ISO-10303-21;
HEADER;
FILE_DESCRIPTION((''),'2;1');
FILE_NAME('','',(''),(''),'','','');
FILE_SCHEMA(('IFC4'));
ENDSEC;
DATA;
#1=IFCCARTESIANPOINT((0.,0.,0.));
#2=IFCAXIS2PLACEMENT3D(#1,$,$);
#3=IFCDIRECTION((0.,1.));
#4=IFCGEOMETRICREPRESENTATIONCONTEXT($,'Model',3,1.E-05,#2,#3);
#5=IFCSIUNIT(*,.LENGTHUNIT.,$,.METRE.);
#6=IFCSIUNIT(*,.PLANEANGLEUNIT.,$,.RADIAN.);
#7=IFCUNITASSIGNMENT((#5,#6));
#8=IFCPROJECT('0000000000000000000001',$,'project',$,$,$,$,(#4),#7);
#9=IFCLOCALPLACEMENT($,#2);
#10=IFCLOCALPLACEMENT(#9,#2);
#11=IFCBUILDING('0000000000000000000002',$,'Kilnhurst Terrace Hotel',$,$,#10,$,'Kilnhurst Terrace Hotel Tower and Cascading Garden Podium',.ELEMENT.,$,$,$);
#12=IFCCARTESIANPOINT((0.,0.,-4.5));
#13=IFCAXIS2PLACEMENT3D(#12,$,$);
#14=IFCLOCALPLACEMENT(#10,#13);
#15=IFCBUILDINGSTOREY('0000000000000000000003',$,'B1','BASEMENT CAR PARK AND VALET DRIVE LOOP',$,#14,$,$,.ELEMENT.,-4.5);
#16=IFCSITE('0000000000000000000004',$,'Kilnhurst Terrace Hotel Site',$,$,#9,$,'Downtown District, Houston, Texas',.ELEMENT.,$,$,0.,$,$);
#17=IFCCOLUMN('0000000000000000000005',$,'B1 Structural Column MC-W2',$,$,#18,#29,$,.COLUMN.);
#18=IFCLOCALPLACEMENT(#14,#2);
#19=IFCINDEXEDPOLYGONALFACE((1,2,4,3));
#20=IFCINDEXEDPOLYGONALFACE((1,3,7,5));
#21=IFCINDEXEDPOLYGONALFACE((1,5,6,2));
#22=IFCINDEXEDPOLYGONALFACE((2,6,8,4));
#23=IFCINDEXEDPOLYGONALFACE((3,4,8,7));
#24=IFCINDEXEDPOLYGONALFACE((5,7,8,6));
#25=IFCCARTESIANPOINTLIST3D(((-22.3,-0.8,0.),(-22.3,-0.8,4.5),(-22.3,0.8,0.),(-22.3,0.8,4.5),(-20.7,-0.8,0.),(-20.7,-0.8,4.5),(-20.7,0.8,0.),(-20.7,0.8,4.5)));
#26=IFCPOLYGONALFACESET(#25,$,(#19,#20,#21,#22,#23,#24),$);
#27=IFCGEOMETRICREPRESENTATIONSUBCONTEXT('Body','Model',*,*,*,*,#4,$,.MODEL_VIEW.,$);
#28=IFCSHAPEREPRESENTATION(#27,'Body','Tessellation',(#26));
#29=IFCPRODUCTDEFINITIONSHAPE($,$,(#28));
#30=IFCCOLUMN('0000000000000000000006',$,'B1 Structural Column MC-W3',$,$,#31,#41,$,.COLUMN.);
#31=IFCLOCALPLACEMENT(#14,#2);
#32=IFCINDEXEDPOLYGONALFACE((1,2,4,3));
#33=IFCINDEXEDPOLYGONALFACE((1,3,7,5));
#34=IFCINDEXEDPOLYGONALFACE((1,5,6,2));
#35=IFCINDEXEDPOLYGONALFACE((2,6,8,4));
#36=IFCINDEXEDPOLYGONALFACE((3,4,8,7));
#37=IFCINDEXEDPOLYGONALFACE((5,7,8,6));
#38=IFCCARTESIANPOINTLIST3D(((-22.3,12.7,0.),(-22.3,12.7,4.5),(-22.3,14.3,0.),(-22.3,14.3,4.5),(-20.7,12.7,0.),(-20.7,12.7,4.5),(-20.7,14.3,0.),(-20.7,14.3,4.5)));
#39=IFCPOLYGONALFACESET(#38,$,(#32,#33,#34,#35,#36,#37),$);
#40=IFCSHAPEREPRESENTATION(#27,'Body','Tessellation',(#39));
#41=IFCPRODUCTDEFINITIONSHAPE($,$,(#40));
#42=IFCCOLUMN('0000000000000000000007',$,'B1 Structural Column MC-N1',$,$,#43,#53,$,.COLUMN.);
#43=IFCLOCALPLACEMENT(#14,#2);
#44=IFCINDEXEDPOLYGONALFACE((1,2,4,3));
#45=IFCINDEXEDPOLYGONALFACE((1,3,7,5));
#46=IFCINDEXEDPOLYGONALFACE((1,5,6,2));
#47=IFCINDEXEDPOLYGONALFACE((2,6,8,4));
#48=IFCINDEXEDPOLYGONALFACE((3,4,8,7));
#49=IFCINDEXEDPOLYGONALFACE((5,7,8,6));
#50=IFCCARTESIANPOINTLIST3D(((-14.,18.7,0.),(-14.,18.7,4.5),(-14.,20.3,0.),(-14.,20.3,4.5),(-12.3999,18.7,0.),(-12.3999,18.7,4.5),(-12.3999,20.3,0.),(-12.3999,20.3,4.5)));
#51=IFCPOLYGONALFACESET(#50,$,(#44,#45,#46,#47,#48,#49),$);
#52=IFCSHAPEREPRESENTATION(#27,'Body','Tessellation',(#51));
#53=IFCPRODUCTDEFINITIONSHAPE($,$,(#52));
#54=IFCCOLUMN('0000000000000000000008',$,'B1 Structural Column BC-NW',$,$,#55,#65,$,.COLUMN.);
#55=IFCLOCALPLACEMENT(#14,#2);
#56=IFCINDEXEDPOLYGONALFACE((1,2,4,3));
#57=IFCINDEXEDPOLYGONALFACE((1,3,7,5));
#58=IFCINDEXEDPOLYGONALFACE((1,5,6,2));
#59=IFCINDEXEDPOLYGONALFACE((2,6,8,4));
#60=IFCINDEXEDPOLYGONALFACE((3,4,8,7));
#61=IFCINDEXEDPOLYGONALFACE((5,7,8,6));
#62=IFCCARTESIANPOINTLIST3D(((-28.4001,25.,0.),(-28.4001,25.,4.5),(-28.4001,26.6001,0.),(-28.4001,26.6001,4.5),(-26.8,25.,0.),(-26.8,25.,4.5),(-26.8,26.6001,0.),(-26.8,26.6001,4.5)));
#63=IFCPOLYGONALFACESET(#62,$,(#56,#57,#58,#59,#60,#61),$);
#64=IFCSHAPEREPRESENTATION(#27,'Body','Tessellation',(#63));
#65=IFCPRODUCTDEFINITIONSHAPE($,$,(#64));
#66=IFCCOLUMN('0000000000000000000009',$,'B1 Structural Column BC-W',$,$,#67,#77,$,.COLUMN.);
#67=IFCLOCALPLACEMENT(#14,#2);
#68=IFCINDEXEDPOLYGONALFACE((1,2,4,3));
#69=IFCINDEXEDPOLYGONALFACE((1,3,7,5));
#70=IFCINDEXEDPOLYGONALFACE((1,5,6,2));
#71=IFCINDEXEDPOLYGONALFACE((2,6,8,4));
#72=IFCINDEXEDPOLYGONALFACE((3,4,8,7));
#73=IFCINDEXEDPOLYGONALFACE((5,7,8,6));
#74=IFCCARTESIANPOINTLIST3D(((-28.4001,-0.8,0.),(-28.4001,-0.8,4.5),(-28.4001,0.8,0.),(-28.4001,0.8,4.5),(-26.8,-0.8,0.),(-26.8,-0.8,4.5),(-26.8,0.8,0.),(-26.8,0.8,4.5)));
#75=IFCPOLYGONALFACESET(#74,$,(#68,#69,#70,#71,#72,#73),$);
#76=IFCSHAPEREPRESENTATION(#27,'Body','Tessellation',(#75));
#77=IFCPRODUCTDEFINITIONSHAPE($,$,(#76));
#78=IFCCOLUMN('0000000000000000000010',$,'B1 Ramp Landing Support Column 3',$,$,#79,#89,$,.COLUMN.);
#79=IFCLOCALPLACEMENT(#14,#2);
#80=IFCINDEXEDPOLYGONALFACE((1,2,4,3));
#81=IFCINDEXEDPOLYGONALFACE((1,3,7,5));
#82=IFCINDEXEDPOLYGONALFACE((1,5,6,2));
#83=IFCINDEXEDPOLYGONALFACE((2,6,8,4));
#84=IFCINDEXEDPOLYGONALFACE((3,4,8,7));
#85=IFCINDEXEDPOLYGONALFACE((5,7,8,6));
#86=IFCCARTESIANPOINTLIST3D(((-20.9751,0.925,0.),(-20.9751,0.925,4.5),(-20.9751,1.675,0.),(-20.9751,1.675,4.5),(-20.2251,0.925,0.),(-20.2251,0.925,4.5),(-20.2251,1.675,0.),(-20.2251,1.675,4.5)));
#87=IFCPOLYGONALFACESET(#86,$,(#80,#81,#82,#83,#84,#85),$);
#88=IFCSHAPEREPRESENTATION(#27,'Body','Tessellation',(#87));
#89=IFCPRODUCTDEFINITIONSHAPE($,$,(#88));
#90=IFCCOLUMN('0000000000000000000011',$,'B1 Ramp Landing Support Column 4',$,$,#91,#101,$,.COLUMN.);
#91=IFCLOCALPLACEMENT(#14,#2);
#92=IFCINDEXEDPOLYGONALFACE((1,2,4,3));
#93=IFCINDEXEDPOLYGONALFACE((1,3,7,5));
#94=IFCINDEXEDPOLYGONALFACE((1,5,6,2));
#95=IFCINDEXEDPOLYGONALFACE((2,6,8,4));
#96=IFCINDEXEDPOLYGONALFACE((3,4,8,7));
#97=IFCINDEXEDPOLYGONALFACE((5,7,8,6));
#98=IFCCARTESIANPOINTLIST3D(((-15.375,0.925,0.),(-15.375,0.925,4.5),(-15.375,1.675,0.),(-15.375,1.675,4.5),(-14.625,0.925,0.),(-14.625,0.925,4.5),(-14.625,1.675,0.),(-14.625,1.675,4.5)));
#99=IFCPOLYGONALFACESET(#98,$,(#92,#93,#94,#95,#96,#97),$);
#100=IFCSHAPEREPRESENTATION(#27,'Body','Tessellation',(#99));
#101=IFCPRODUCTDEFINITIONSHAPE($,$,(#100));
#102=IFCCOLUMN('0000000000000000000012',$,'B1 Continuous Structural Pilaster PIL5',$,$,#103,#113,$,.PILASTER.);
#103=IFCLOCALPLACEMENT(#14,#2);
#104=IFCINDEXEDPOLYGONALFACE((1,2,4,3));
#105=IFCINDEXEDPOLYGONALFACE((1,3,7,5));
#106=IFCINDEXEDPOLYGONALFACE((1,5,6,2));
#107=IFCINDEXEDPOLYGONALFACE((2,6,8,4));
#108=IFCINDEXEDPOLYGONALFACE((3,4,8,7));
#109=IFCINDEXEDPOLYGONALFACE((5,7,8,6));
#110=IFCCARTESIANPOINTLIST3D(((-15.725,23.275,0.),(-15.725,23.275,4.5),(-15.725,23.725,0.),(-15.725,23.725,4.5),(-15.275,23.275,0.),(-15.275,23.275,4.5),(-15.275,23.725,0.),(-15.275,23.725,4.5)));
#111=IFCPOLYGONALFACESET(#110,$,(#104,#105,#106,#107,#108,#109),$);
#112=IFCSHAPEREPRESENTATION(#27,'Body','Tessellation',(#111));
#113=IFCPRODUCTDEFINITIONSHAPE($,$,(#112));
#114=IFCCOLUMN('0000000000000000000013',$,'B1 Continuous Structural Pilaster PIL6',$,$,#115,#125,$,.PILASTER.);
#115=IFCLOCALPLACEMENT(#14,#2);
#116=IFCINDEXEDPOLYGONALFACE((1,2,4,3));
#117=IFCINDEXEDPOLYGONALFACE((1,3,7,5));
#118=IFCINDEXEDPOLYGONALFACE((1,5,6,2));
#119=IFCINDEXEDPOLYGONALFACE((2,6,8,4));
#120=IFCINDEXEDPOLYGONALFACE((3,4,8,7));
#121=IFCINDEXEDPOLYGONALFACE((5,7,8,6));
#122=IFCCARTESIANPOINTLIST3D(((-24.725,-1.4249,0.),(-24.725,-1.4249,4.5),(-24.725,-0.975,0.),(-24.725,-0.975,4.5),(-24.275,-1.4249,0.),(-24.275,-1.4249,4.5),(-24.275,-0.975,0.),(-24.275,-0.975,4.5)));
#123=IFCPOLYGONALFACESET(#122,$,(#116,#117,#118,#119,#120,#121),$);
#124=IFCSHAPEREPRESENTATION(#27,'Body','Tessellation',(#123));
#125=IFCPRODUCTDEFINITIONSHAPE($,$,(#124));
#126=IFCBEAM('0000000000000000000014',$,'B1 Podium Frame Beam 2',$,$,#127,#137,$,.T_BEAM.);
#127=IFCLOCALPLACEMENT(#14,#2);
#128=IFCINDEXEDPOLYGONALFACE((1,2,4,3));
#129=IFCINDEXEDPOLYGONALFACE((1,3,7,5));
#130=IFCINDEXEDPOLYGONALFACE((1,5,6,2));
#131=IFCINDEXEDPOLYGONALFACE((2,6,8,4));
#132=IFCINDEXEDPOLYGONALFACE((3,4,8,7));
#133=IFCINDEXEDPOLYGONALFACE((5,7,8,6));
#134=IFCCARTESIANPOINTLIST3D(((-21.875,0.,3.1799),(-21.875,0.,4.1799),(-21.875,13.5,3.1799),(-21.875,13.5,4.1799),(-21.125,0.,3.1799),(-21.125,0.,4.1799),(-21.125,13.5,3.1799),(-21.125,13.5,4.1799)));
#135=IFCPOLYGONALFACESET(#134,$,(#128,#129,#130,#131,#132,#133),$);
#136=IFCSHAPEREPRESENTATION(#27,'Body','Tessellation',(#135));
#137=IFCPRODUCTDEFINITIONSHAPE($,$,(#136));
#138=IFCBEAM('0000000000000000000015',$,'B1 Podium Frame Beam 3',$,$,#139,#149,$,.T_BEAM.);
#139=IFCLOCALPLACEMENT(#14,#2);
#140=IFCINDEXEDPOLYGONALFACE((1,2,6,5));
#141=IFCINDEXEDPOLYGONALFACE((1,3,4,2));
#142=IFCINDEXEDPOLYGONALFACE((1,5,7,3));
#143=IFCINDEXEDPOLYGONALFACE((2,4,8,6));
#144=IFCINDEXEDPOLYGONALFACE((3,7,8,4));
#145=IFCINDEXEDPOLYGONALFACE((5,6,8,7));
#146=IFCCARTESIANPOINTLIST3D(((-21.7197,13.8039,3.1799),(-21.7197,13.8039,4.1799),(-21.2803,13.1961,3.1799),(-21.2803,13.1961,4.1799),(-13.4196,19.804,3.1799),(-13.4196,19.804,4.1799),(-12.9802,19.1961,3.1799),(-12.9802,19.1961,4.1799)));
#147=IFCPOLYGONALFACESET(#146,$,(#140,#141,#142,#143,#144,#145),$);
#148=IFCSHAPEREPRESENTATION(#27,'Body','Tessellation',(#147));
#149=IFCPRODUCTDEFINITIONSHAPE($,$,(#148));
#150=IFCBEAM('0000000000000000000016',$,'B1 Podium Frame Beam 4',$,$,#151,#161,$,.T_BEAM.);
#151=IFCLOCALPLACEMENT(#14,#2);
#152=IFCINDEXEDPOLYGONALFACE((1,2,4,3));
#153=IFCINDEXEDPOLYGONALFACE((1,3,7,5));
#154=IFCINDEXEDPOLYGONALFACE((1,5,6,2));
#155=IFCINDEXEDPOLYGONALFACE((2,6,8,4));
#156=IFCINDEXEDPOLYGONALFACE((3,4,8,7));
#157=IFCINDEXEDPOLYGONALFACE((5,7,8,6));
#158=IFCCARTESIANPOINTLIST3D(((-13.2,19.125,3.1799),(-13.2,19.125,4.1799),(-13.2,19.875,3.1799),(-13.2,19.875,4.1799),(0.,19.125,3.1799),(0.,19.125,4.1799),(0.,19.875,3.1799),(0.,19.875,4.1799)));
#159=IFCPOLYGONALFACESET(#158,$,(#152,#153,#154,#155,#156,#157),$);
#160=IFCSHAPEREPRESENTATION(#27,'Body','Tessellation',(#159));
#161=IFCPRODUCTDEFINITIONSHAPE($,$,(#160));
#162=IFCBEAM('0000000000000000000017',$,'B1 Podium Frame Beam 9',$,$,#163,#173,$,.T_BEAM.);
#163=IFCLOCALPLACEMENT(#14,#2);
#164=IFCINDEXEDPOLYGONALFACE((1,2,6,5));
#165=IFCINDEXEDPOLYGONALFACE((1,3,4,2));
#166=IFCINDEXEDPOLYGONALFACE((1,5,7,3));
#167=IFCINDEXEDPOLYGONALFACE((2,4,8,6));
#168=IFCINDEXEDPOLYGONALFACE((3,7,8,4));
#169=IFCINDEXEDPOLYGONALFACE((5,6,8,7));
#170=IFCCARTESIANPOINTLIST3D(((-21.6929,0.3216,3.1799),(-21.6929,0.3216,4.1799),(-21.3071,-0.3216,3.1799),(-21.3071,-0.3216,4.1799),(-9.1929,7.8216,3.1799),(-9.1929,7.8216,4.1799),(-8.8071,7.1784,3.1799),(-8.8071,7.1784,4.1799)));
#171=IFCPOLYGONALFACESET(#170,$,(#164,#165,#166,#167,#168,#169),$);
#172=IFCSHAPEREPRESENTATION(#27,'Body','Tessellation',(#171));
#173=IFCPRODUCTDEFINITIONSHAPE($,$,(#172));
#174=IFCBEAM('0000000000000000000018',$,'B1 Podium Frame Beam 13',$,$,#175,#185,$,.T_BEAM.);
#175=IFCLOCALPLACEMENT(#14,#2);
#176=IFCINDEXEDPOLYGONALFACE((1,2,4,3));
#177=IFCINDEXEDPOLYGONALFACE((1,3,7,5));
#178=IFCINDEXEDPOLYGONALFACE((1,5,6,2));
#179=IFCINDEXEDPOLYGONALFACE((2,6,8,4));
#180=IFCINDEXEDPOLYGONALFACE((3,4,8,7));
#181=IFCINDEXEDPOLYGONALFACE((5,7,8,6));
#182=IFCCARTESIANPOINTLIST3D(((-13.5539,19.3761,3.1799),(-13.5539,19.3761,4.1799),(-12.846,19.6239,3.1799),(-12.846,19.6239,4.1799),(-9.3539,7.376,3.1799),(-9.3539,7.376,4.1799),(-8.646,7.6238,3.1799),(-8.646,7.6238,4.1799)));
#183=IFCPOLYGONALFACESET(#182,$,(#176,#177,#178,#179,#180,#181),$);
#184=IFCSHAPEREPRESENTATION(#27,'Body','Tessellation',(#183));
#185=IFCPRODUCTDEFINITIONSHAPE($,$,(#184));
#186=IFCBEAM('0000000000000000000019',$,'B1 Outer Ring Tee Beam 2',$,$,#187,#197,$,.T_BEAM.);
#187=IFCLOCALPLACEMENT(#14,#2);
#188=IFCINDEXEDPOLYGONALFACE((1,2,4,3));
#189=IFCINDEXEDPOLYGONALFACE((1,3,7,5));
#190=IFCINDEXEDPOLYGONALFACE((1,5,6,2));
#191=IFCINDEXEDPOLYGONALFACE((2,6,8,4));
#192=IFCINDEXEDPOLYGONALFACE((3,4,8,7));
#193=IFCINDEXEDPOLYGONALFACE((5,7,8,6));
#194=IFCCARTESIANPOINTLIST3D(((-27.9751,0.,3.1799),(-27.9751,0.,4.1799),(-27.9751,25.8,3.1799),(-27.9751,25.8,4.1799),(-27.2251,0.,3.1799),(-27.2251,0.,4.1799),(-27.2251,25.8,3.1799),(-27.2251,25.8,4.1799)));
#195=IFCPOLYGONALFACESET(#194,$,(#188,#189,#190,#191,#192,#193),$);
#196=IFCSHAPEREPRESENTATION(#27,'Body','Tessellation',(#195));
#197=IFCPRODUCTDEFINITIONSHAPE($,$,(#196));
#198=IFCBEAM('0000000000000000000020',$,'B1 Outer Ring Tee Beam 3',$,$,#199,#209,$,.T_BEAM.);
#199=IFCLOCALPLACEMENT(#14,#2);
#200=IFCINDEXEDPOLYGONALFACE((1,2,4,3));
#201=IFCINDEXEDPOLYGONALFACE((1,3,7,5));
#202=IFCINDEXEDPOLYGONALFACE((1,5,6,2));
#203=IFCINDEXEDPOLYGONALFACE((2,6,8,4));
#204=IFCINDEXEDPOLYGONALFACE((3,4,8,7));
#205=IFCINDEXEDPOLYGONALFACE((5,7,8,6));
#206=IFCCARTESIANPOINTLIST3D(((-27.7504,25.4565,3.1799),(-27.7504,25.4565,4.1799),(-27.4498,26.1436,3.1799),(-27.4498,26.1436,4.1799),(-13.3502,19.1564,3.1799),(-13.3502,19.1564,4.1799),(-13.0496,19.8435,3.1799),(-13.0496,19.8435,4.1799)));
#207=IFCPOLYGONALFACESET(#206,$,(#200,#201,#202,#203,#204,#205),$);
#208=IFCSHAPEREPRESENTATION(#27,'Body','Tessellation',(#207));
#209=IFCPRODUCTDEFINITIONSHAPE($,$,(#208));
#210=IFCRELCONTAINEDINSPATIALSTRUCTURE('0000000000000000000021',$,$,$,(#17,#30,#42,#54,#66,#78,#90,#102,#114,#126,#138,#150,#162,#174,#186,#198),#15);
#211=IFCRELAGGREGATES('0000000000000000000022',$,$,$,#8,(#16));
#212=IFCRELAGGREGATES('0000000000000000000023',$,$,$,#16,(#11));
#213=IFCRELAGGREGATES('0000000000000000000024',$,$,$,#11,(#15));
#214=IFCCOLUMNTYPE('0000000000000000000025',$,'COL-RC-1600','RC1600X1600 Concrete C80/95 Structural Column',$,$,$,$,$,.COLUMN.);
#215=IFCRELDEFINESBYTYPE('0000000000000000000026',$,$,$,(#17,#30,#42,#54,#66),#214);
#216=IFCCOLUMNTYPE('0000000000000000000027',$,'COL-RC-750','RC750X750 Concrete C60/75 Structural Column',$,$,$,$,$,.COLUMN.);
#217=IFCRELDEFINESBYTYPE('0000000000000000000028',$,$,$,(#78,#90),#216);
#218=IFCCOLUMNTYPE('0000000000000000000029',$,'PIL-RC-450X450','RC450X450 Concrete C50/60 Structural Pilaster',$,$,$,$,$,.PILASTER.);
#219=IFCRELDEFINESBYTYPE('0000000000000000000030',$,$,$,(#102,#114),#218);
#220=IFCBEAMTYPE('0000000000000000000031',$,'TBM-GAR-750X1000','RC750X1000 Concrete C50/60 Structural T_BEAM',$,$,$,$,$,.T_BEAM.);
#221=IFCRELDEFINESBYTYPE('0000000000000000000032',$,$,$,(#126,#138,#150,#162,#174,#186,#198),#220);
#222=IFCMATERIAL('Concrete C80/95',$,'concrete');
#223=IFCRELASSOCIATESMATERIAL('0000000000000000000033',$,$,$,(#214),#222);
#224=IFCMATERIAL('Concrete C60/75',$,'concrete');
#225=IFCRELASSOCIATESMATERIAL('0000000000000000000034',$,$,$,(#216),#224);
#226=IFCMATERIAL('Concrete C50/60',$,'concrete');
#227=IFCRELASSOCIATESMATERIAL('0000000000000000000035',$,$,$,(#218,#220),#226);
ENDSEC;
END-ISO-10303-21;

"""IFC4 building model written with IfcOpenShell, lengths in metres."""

from ifc_helpers import new_model, si_unit, direction, frame, origin, origin_2d, place, context, subcontext, project, spatial, rectangle, extrude, material, material_profile, profile_set, type_object, element, save


model = new_model("IFC4")

# Units and contexts
model_context = context("Model", 3, precision=1e-05, world=origin(), true_north=direction((0.0, 1.0)))
body_context = subcontext(model_context, "Body", "Model", "MODEL_VIEW")
ifc_project = project(units=[si_unit("LENGTHUNIT", "METRE"), si_unit("PLANEANGLEUNIT", "RADIAN")], contexts=[model_context])

# Site, building, storey
site_placement = place(None, origin())
site = spatial("IfcSite", under=ifc_project, at=site_placement, Name="Kilnhurst Terrace Hotel Site", LongName="Downtown District, Houston, Texas", CompositionType="ELEMENT", RefElevation=0.0)
building_placement = place(site_placement, origin())
building = spatial("IfcBuilding", under=site, at=building_placement, Name="Kilnhurst Terrace Hotel", LongName="Kilnhurst Terrace Hotel Tower and Cascading Garden Podium", CompositionType="ELEMENT")
storey_placement = place(building_placement, frame((0.0, 0.0, -4.5)))
storey = spatial("IfcBuildingStorey", under=building, at=storey_placement, Name="B1", Description="BASEMENT CAR PARK AND VALET DRIVE LOOP", CompositionType="ELEMENT", Elevation=-4.5)

# Columns
ifc_material_1 = material(Name="Concrete C80/95", Category="concrete")
ifc_material_profile_1 = material_profile(ifc_material_1, rectangle(XDim=1.6001, YDim=1.6001, at=origin_2d()), Name="RC1600X1600")
ifc_profile_set_1 = profile_set([ifc_material_profile_1], Name="Concrete C80/95")
column_type_1 = type_object("IfcColumnType", Name="COL-RC-1600", Description="RC1600X1600 Concrete C80/95 Structural Column", PredefinedType="COLUMN", material=ifc_profile_set_1)
for number, where, z_axis, x_axis, name in (
    (1, (-21.5, 0.0, 0.0), (0.0, 0.0, 1.0), (1.0, 0.0, 0.0), "B1 Structural Column MC-W2"),
    (2, (-21.5, 13.5, 0.0), (0.0, 0.0, 1.0), (1.0, 0.0, 0.0), "B1 Structural Column MC-W3"),
    (3, (-13.2, 19.5, 0.0), (0.0, 0.0, 1.0), (1.0, 0.0, 0.0), "B1 Structural Column MC-N1"),
    (4, (-27.6001, 25.8, 0.0), (0.0, 0.0, 1.0), (1.0, 0.0, 0.0), "B1 Structural Column BC-NW"),
    (5, (-27.6001, 0.0, 0.0), (0.0, 0.0, 1.0), (1.0, 0.0, 0.0), "B1 Structural Column BC-W"),
):
    element("IfcColumn", number, at=place(storey_placement, frame(where, z_axis=z_axis, x_axis=x_axis)), inside=storey, type_object=column_type_1, Name=name, PredefinedType="COLUMN", context=body_context, shape_type="SweptSolid", body=[
        extrude(rectangle(XDim=1.6001, YDim=1.6001, at=origin_2d()), origin(), (0.0, 0.0, 1.0), 4.5),
    ])
ifc_material_2 = material(Name="Concrete C60/75", Category="concrete")
ifc_material_profile_2 = material_profile(ifc_material_2, rectangle(XDim=0.75, YDim=0.75, at=origin_2d()), Name="RC750X750")
ifc_profile_set_2 = profile_set([ifc_material_profile_2], Name="Concrete C60/75")
column_type_2 = type_object("IfcColumnType", Name="COL-RC-750", Description="RC750X750 Concrete C60/75 Structural Column", PredefinedType="COLUMN", material=ifc_profile_set_2)
for number, where, z_axis, x_axis, name in (
    (6, (-20.6001, 1.3, 0.0), (0.0, 0.0, 1.0), (1.0, 0.0, 0.0), "B1 Ramp Landing Support Column 3"),
    (7, (-15.0, 1.3, 0.0), (0.0, 0.0, 1.0), (1.0, 0.0, 0.0), "B1 Ramp Landing Support Column 4"),
):
    element("IfcColumn", number, at=place(storey_placement, frame(where, z_axis=z_axis, x_axis=x_axis)), inside=storey, type_object=column_type_2, Name=name, PredefinedType="COLUMN", context=body_context, shape_type="SweptSolid", body=[
        extrude(rectangle(XDim=0.75, YDim=0.75, at=origin_2d()), origin(), (0.0, 0.0, 1.0), 4.5),
    ])
ifc_material_3 = material(Name="Concrete C50/60", Category="concrete")
ifc_material_profile_3 = material_profile(ifc_material_3, rectangle(XDim=0.45, YDim=0.45, at=origin_2d()), Name="RC450X450")
ifc_profile_set_3 = profile_set([ifc_material_profile_3], Name="Concrete C50/60")
column_type_3 = type_object("IfcColumnType", Name="PIL-RC-450X450", Description="RC450X450 Concrete C50/60 Structural Pilaster", PredefinedType="PILASTER", material=ifc_profile_set_3)
for number, where, z_axis, x_axis, name in (
    (8, (-15.5, 23.5, 0.0), (0.0, 0.0, 1.0), (1.0, 0.0, 0.0), "B1 Continuous Structural Pilaster PIL5"),
    (9, (-24.5, -1.2, 0.0), (0.0, 0.0, 1.0), (1.0, 0.0, 0.0), "B1 Continuous Structural Pilaster PIL6"),
):
    element("IfcColumn", number, at=place(storey_placement, frame(where, z_axis=z_axis, x_axis=x_axis)), inside=storey, type_object=column_type_3, Name=name, PredefinedType="PILASTER", context=body_context, shape_type="SweptSolid", body=[
        extrude(rectangle(XDim=0.45, YDim=0.45, at=origin_2d()), origin(), (0.0, 0.0, 1.0), 4.5),
    ])

# Beams
ifc_material_profile_4 = material_profile(ifc_material_3, rectangle(XDim=0.75, YDim=1.0, at=origin_2d()), Name="RC750X1000")
ifc_profile_set_4 = profile_set([ifc_material_profile_4], Name="Concrete C50/60")
beam_type = type_object("IfcBeamType", Name="TBM-GAR-750X1000", Description="RC750X1000 Concrete C50/60 Structural T_BEAM", PredefinedType="T_BEAM", material=ifc_profile_set_4)
beam_1_placement = place(storey_placement, frame((-21.5, 0.0, 3.6799), z_axis=(0.0, 1.0, 0.0), x_axis=(-1.0, 0.0, 0.0)))
element("IfcBeam", 10, at=beam_1_placement, inside=storey, type_object=beam_type, Name="B1 Podium Frame Beam 2", PredefinedType="T_BEAM", context=body_context, shape_type="SweptSolid", body=[
    extrude(rectangle(XDim=0.75, YDim=1.0, at=origin_2d()), origin(), (0.0, 0.0, 1.0), 13.5),
])
beam_2_placement = place(storey_placement, frame((-21.5, 13.5, 3.6799), z_axis=(0.810423, 0.585845, 0.0), x_axis=(-0.585845, 0.810423, 0.0)))
element("IfcBeam", 11, at=beam_2_placement, inside=storey, type_object=beam_type, Name="B1 Podium Frame Beam 3", PredefinedType="T_BEAM", context=body_context, shape_type="SweptSolid", body=[
    extrude(rectangle(XDim=0.75, YDim=1.0, at=origin_2d()), origin(), (0.0, 0.0, 1.0), 10.2417),
])
beam_3_placement = place(storey_placement, frame((-13.2, 19.5, 3.6799), z_axis=(1.0, 0.0, 0.0), x_axis=(0.0, 1.0, 0.0)))
element("IfcBeam", 12, at=beam_3_placement, inside=storey, type_object=beam_type, Name="B1 Podium Frame Beam 4", PredefinedType="T_BEAM", context=body_context, shape_type="SweptSolid", body=[
    extrude(rectangle(XDim=0.75, YDim=1.0, at=origin_2d()), origin(), (0.0, 0.0, 1.0), 13.2),
])
beam_4_placement = place(storey_placement, frame((-21.5, 0.0, 3.6799), z_axis=(0.857493, 0.514496, 0.0), x_axis=(-0.514496, 0.857493, 0.0)))
element("IfcBeam", 13, at=beam_4_placement, inside=storey, type_object=beam_type, Name="B1 Podium Frame Beam 9", PredefinedType="T_BEAM", context=body_context, shape_type="SweptSolid", body=[
    extrude(rectangle(XDim=0.75, YDim=1.0, at=origin_2d()), origin(), (0.0, 0.0, 1.0), 14.5774),
])
beam_5_placement = place(storey_placement, frame((-13.2, 19.5, 3.6799), z_axis=(0.330347, -0.94386, 0.0), x_axis=(0.94386, 0.330347, 0.0)))
element("IfcBeam", 14, at=beam_5_placement, inside=storey, type_object=beam_type, Name="B1 Podium Frame Beam 13", PredefinedType="T_BEAM", context=body_context, shape_type="SweptSolid", body=[
    extrude(rectangle(XDim=0.75, YDim=1.0, at=origin_2d()), origin(), (0.0, 0.0, 1.0), 12.7139),
])
beam_6_placement = place(storey_placement, frame((-27.6001, 0.0, 3.6799), z_axis=(0.0, 1.0, 0.0), x_axis=(-1.0, 0.0, 0.0)))
element("IfcBeam", 15, at=beam_6_placement, inside=storey, type_object=beam_type, Name="B1 Outer Ring Tee Beam 2", PredefinedType="T_BEAM", context=body_context, shape_type="SweptSolid", body=[
    extrude(rectangle(XDim=0.75, YDim=1.0, at=origin_2d()), origin(), (0.0, 0.0, 1.0), 25.8),
])
beam_7_placement = place(storey_placement, frame((-27.6001, 25.8, 3.6799), z_axis=(0.916158, -0.400818, 0.0), x_axis=(0.400818, 0.916158, 0.0)))
element("IfcBeam", 16, at=beam_7_placement, inside=storey, type_object=beam_type, Name="B1 Outer Ring Tee Beam 3", PredefinedType="T_BEAM", context=body_context, shape_type="SweptSolid", body=[
    extrude(rectangle(XDim=0.75, YDim=1.0, at=origin_2d()), origin(), (0.0, 0.0, 1.0), 15.718),
])

save(model, "model.ifc")
